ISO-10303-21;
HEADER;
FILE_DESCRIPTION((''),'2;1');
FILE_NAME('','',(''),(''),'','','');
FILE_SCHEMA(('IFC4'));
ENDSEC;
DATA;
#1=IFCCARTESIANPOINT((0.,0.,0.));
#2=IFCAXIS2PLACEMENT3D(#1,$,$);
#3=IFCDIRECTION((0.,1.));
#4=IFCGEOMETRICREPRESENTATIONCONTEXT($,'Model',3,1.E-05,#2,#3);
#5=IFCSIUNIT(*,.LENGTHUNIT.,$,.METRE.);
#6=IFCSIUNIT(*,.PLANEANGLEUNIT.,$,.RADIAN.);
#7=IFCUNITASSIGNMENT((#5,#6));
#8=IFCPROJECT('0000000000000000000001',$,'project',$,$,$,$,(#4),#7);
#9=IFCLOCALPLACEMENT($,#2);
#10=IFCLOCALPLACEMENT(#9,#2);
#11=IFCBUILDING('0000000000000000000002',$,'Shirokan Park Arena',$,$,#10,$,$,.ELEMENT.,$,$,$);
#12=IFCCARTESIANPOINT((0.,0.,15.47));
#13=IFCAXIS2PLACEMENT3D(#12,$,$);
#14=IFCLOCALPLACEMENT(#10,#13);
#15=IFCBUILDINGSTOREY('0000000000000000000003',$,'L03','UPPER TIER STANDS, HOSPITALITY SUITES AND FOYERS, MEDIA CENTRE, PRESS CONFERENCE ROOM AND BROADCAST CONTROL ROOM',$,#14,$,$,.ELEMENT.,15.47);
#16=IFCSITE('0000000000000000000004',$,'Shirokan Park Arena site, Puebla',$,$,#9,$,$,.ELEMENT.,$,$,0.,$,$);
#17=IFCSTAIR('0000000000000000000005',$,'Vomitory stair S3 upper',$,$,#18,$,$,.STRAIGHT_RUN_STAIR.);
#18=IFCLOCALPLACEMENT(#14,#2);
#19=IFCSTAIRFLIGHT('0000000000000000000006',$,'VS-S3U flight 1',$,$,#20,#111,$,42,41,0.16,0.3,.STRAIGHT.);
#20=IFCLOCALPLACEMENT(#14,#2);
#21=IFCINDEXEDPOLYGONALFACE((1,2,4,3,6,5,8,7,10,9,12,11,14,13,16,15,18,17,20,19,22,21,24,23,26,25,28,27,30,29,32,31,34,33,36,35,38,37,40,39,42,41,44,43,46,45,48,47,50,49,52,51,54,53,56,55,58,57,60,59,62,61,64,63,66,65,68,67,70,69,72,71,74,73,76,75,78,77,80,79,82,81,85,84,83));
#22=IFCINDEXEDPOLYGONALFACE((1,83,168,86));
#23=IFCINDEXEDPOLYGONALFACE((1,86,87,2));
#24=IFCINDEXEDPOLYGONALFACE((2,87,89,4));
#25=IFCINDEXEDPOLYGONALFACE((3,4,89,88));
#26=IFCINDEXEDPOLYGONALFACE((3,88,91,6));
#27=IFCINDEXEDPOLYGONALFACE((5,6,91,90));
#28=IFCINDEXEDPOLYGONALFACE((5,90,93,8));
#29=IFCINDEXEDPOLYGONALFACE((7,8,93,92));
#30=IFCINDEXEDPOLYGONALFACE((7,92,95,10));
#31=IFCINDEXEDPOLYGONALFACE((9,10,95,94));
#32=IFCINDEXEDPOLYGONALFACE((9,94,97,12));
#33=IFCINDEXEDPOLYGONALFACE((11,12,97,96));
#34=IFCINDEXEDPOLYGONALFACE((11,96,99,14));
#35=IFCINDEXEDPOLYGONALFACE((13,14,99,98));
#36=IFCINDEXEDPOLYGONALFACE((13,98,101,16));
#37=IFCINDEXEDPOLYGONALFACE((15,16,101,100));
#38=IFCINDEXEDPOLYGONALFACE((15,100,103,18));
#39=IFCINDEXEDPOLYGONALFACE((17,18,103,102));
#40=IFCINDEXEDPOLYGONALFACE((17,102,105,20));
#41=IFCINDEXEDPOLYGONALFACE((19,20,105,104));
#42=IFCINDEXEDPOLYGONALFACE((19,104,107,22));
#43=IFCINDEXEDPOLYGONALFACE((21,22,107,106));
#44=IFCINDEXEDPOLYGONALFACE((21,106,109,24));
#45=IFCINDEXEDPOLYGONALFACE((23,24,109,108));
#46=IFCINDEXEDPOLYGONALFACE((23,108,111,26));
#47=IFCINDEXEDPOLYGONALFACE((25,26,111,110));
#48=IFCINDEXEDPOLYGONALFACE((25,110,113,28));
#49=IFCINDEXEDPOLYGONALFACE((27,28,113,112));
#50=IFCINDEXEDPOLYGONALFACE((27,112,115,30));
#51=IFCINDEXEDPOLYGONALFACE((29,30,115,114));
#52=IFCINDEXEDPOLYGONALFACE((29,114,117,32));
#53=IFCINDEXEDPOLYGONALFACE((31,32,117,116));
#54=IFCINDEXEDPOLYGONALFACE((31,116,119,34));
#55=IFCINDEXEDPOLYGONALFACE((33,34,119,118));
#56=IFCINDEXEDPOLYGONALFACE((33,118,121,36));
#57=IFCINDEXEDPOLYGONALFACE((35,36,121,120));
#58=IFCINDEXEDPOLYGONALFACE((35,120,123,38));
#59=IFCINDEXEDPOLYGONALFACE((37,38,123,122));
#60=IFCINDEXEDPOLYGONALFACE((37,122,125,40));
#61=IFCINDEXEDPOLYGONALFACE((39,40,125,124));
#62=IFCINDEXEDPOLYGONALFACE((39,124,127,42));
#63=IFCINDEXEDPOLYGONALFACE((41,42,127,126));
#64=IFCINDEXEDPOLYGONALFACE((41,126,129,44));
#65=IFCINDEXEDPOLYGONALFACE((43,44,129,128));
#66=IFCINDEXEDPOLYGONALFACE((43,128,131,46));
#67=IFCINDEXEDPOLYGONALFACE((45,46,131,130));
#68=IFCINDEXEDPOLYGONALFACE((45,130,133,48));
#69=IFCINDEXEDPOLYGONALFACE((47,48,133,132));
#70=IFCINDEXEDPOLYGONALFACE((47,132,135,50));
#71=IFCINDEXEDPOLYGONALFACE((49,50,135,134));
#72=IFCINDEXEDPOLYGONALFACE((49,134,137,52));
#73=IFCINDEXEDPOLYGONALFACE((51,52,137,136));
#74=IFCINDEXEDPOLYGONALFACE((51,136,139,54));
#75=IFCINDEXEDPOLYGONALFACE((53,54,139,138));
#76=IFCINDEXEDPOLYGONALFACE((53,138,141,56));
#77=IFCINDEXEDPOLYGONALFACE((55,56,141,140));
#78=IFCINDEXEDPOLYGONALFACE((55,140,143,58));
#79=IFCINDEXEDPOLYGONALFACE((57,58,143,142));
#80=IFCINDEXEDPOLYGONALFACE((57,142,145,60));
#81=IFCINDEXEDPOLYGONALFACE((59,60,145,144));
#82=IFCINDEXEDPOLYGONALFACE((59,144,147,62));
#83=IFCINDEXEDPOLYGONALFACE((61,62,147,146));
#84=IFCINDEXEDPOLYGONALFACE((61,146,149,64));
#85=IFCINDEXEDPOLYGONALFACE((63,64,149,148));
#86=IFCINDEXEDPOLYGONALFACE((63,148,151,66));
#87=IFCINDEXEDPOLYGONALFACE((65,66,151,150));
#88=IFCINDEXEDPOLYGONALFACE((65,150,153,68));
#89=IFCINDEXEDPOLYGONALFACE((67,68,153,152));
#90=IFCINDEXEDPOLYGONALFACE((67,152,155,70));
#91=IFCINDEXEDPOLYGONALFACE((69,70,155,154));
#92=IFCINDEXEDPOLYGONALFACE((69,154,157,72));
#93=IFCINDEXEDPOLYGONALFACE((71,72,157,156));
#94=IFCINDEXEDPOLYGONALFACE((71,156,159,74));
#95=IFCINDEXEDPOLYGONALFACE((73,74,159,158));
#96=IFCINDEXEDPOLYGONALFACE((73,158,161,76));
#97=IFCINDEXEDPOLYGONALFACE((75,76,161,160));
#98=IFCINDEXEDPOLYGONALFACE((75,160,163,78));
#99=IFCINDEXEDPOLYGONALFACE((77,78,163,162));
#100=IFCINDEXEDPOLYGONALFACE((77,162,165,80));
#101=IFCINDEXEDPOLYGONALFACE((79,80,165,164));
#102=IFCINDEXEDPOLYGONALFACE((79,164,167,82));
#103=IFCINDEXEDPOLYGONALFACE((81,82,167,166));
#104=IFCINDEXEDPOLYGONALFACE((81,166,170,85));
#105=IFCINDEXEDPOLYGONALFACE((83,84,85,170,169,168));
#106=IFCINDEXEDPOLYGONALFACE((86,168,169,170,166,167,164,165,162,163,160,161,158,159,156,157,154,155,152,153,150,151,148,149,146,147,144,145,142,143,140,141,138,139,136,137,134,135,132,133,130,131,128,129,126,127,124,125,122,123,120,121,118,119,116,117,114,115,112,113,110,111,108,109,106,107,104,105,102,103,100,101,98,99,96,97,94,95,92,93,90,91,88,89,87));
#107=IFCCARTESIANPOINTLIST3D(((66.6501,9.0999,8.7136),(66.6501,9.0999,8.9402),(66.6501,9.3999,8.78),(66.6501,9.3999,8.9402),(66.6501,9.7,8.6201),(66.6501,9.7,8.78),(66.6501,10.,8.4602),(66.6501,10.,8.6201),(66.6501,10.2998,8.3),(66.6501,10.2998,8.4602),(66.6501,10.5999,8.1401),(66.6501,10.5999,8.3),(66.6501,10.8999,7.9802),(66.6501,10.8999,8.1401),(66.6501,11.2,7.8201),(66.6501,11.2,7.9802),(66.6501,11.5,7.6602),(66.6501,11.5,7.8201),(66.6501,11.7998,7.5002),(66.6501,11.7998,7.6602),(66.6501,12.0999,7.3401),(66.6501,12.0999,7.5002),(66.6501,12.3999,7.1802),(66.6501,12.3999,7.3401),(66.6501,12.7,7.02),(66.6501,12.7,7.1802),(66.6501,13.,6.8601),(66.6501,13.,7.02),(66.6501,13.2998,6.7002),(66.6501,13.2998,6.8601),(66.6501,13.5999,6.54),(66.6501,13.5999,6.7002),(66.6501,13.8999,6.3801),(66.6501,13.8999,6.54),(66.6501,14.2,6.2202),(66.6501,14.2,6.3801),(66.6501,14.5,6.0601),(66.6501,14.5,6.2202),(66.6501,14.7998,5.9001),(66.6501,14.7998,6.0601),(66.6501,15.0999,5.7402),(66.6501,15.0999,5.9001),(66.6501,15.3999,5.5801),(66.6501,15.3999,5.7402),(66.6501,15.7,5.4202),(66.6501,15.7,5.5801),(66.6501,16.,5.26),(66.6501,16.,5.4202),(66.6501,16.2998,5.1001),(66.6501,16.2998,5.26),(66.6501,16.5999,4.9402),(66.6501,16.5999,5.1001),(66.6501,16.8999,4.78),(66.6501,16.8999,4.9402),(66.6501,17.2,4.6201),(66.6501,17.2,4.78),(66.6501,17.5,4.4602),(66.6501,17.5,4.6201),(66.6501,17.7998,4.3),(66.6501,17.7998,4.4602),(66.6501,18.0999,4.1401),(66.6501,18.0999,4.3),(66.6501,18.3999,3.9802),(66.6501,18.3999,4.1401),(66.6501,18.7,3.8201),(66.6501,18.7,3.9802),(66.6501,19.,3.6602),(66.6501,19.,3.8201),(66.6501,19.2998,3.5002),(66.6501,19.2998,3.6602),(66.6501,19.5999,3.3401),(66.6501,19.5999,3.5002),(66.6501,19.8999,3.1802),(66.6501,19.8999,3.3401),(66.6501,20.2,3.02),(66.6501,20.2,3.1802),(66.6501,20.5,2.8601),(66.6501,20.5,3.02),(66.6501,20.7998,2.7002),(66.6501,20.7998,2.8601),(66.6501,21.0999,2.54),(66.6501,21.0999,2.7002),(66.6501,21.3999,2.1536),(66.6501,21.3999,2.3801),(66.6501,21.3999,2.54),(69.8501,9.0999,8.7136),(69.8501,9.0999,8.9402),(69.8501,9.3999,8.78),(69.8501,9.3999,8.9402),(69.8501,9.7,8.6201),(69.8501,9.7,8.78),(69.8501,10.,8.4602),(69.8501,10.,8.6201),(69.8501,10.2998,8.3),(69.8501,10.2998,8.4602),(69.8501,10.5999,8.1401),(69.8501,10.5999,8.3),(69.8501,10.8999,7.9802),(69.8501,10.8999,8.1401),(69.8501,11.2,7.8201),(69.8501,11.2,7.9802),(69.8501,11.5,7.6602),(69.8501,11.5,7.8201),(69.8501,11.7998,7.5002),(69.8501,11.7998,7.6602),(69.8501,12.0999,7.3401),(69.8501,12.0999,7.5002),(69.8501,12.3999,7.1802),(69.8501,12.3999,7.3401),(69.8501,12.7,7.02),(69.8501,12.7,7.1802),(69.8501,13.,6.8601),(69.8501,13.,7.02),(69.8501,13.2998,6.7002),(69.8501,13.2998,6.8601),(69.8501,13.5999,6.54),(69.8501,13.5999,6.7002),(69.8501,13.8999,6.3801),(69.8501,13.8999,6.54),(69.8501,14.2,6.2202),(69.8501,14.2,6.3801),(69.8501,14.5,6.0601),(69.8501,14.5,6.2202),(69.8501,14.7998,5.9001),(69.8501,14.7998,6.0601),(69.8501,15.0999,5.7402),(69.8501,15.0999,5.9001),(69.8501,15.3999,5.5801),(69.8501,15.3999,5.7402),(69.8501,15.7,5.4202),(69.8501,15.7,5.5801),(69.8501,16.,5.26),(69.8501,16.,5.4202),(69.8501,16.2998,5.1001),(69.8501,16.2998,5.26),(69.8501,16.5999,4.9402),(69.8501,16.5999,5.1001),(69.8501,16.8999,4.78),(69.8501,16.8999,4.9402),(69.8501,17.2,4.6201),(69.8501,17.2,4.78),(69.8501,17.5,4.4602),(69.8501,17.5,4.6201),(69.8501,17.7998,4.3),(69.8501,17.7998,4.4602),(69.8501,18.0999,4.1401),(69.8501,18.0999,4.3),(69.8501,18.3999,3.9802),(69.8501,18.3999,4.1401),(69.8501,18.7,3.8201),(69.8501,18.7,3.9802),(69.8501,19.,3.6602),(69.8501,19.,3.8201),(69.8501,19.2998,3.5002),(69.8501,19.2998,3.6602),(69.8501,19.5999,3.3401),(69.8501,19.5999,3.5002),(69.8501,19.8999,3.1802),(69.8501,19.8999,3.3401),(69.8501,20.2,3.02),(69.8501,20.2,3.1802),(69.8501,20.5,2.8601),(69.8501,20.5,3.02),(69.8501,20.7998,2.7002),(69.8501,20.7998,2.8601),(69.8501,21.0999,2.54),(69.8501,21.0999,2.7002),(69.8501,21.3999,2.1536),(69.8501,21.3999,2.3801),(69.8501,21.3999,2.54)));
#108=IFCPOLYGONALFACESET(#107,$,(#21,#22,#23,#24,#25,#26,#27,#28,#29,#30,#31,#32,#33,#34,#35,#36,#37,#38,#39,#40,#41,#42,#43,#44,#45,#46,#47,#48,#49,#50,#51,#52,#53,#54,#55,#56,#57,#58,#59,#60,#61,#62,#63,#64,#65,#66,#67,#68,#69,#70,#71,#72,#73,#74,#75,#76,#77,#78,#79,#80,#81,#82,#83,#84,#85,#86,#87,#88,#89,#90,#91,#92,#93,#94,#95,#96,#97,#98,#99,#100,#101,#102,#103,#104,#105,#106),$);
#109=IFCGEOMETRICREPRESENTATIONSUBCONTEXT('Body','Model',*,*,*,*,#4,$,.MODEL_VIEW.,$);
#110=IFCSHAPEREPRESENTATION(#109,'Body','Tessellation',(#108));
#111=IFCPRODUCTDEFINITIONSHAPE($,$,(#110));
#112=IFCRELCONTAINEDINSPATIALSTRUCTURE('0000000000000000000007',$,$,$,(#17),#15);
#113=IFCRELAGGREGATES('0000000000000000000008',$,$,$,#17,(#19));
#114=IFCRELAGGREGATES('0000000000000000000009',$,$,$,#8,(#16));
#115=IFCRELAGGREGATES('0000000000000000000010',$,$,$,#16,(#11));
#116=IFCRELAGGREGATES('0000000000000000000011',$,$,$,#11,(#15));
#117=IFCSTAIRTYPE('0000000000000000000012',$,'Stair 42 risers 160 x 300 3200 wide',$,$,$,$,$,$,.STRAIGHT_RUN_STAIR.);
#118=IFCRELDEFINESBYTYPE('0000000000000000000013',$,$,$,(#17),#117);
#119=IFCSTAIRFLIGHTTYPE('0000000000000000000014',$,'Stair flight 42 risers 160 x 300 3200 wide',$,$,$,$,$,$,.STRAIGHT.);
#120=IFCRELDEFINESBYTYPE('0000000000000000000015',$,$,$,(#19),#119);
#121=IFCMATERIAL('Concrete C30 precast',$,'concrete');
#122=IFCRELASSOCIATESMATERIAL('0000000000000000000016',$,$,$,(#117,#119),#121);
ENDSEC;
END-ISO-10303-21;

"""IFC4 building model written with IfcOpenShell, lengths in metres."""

from ifc_helpers import new_model, si_unit, direction, frame, origin, place, context, subcontext, project, spatial, polyline, outline, extrude, material, type_object, element, aggregate, save


model = new_model("IFC4")

# Units and contexts
model_context = context("Model", 3, precision=1e-05, world=origin(), true_north=direction((0.0, 1.0)))
body_context = subcontext(model_context, "Body", "Model", "MODEL_VIEW")
ifc_project = project(units=[si_unit("LENGTHUNIT", "METRE"), si_unit("PLANEANGLEUNIT", "RADIAN")], contexts=[model_context])

# Site, building, storey
site_placement = place(None, origin())
site = spatial("IfcSite", under=ifc_project, at=site_placement, Name="Shirokan Park Arena site, Puebla", CompositionType="ELEMENT", RefElevation=0.0)
building_placement = place(site_placement, origin())
building = spatial("IfcBuilding", under=site, at=building_placement, Name="Shirokan Park Arena", CompositionType="ELEMENT")
storey_placement = place(building_placement, frame((0.0, 0.0, 15.47)))
storey = spatial("IfcBuildingStorey", under=building, at=storey_placement, Name="L03", Description="UPPER TIER STANDS, HOSPITALITY SUITES AND FOYERS, MEDIA CENTRE, PRESS CONFERENCE ROOM AND BROADCAST CONTROL ROOM", CompositionType="ELEMENT", Elevation=15.47)

# Stair, stair flight
ifc_material_1 = material(Name="Concrete C30 precast", Category="concrete")
stair_type = type_object("IfcStairType", Name="Stair 42 risers 160 x 300 3200 wide", PredefinedType="STRAIGHT_RUN_STAIR", material=ifc_material_1)
stair_1_placement = place(storey_placement, origin())
stair_1 = element("IfcStair", 1, at=stair_1_placement, inside=storey, type_object=stair_type, Name="Vomitory stair S3 upper", PredefinedType="STRAIGHT_RUN_STAIR")
stair_flight_type = type_object("IfcStairFlightType", Name="Stair flight 42 risers 160 x 300 3200 wide", PredefinedType="STRAIGHT", material=ifc_material_1)
stair_flight_1_placement = place(storey_placement, frame((68.25, 21.3999, 2.3801), z_axis=(0.0, 0.0, 1.0), x_axis=(0.0, -1.0, 0.0)))
stair_flight_1 = element("IfcStairFlight", 2, at=stair_flight_1_placement, type_object=stair_flight_type, Name="VS-S3U flight 1", NumberOfRisers=42, NumberOfTreads=41, PredefinedType="STRAIGHT", RiserHeight=0.16, TreadLength=0.3, context=body_context, shape_type="SweptSolid", body=[
    extrude(outline(polyline([(0.0, -0.2266), (0.0, 0.0), (0.0, 0.1599), (0.3, 0.1599), (0.3, 0.3201), (0.6001, 0.3201), (0.6001, 0.48), (0.8999, 0.48), (0.8999, 0.6399), (1.2, 0.6399), (1.2, 0.8), (1.5, 0.8), (1.5, 0.96), (1.8, 0.96), (1.8, 1.1201), (2.1001, 1.1201), (2.1001, 1.28), (2.3999, 1.28), (2.3999, 1.4399), (2.7, 1.4399), (2.7, 1.6001), (3.0, 1.6001), (3.0, 1.76), (3.3, 1.76), (3.3, 1.9199), (3.6001, 1.9199), (3.6001, 2.0801), (3.8999, 2.0801), (3.8999, 2.24), (4.2, 2.24), (4.2, 2.3999), (4.5, 2.3999), (4.5, 2.5601), (4.8, 2.5601), (4.8, 2.72), (5.1001, 2.72), (5.1001, 2.8799), (5.3999, 2.8799), (5.3999, 3.04), (5.7, 3.04), (5.7, 3.2), (6.0, 3.2), (6.0, 3.3601), (6.3, 3.3601), (6.3, 3.52), (6.6001, 3.52), (6.6001, 3.6799), (6.8999, 3.6799), (6.8999, 3.8401), (7.2, 3.8401), (7.2, 4.0), (7.5, 4.0), (7.5, 4.1599), (7.8, 4.1599), (7.8, 4.3201), (8.1001, 4.3201), (8.1001, 4.48), (8.3999, 4.48), (8.3999, 4.6399), (8.7, 4.6399), (8.7, 4.8), (9.0, 4.8), (9.0, 4.96), (9.3, 4.96), (9.3, 5.1201), (9.6001, 5.1201), (9.6001, 5.28), (9.8999, 5.28), (9.8999, 5.4399), (10.2, 5.4399), (10.2, 5.6001), (10.5, 5.6001), (10.5, 5.76), (10.8, 5.76), (10.8, 5.9199), (11.1001, 5.9199), (11.1001, 6.0801), (11.3999, 6.0801), (11.3999, 6.24), (11.7, 6.24), (11.7, 6.3999), (12.0, 6.3999), (12.0, 6.5601), (12.3, 6.5601), (12.3, 6.72), (12.3, 6.3335), (0.0, -0.2266)])), frame((0.0, 1.6001, 0.0), z_axis=(0.0, -1.0, 0.0), x_axis=(1.0, 0.0, 0.0)), (0.0, 0.0, 1.0), 3.2),
])
aggregate(stair_1, [stair_flight_1])

save(model, "model.ifc")
